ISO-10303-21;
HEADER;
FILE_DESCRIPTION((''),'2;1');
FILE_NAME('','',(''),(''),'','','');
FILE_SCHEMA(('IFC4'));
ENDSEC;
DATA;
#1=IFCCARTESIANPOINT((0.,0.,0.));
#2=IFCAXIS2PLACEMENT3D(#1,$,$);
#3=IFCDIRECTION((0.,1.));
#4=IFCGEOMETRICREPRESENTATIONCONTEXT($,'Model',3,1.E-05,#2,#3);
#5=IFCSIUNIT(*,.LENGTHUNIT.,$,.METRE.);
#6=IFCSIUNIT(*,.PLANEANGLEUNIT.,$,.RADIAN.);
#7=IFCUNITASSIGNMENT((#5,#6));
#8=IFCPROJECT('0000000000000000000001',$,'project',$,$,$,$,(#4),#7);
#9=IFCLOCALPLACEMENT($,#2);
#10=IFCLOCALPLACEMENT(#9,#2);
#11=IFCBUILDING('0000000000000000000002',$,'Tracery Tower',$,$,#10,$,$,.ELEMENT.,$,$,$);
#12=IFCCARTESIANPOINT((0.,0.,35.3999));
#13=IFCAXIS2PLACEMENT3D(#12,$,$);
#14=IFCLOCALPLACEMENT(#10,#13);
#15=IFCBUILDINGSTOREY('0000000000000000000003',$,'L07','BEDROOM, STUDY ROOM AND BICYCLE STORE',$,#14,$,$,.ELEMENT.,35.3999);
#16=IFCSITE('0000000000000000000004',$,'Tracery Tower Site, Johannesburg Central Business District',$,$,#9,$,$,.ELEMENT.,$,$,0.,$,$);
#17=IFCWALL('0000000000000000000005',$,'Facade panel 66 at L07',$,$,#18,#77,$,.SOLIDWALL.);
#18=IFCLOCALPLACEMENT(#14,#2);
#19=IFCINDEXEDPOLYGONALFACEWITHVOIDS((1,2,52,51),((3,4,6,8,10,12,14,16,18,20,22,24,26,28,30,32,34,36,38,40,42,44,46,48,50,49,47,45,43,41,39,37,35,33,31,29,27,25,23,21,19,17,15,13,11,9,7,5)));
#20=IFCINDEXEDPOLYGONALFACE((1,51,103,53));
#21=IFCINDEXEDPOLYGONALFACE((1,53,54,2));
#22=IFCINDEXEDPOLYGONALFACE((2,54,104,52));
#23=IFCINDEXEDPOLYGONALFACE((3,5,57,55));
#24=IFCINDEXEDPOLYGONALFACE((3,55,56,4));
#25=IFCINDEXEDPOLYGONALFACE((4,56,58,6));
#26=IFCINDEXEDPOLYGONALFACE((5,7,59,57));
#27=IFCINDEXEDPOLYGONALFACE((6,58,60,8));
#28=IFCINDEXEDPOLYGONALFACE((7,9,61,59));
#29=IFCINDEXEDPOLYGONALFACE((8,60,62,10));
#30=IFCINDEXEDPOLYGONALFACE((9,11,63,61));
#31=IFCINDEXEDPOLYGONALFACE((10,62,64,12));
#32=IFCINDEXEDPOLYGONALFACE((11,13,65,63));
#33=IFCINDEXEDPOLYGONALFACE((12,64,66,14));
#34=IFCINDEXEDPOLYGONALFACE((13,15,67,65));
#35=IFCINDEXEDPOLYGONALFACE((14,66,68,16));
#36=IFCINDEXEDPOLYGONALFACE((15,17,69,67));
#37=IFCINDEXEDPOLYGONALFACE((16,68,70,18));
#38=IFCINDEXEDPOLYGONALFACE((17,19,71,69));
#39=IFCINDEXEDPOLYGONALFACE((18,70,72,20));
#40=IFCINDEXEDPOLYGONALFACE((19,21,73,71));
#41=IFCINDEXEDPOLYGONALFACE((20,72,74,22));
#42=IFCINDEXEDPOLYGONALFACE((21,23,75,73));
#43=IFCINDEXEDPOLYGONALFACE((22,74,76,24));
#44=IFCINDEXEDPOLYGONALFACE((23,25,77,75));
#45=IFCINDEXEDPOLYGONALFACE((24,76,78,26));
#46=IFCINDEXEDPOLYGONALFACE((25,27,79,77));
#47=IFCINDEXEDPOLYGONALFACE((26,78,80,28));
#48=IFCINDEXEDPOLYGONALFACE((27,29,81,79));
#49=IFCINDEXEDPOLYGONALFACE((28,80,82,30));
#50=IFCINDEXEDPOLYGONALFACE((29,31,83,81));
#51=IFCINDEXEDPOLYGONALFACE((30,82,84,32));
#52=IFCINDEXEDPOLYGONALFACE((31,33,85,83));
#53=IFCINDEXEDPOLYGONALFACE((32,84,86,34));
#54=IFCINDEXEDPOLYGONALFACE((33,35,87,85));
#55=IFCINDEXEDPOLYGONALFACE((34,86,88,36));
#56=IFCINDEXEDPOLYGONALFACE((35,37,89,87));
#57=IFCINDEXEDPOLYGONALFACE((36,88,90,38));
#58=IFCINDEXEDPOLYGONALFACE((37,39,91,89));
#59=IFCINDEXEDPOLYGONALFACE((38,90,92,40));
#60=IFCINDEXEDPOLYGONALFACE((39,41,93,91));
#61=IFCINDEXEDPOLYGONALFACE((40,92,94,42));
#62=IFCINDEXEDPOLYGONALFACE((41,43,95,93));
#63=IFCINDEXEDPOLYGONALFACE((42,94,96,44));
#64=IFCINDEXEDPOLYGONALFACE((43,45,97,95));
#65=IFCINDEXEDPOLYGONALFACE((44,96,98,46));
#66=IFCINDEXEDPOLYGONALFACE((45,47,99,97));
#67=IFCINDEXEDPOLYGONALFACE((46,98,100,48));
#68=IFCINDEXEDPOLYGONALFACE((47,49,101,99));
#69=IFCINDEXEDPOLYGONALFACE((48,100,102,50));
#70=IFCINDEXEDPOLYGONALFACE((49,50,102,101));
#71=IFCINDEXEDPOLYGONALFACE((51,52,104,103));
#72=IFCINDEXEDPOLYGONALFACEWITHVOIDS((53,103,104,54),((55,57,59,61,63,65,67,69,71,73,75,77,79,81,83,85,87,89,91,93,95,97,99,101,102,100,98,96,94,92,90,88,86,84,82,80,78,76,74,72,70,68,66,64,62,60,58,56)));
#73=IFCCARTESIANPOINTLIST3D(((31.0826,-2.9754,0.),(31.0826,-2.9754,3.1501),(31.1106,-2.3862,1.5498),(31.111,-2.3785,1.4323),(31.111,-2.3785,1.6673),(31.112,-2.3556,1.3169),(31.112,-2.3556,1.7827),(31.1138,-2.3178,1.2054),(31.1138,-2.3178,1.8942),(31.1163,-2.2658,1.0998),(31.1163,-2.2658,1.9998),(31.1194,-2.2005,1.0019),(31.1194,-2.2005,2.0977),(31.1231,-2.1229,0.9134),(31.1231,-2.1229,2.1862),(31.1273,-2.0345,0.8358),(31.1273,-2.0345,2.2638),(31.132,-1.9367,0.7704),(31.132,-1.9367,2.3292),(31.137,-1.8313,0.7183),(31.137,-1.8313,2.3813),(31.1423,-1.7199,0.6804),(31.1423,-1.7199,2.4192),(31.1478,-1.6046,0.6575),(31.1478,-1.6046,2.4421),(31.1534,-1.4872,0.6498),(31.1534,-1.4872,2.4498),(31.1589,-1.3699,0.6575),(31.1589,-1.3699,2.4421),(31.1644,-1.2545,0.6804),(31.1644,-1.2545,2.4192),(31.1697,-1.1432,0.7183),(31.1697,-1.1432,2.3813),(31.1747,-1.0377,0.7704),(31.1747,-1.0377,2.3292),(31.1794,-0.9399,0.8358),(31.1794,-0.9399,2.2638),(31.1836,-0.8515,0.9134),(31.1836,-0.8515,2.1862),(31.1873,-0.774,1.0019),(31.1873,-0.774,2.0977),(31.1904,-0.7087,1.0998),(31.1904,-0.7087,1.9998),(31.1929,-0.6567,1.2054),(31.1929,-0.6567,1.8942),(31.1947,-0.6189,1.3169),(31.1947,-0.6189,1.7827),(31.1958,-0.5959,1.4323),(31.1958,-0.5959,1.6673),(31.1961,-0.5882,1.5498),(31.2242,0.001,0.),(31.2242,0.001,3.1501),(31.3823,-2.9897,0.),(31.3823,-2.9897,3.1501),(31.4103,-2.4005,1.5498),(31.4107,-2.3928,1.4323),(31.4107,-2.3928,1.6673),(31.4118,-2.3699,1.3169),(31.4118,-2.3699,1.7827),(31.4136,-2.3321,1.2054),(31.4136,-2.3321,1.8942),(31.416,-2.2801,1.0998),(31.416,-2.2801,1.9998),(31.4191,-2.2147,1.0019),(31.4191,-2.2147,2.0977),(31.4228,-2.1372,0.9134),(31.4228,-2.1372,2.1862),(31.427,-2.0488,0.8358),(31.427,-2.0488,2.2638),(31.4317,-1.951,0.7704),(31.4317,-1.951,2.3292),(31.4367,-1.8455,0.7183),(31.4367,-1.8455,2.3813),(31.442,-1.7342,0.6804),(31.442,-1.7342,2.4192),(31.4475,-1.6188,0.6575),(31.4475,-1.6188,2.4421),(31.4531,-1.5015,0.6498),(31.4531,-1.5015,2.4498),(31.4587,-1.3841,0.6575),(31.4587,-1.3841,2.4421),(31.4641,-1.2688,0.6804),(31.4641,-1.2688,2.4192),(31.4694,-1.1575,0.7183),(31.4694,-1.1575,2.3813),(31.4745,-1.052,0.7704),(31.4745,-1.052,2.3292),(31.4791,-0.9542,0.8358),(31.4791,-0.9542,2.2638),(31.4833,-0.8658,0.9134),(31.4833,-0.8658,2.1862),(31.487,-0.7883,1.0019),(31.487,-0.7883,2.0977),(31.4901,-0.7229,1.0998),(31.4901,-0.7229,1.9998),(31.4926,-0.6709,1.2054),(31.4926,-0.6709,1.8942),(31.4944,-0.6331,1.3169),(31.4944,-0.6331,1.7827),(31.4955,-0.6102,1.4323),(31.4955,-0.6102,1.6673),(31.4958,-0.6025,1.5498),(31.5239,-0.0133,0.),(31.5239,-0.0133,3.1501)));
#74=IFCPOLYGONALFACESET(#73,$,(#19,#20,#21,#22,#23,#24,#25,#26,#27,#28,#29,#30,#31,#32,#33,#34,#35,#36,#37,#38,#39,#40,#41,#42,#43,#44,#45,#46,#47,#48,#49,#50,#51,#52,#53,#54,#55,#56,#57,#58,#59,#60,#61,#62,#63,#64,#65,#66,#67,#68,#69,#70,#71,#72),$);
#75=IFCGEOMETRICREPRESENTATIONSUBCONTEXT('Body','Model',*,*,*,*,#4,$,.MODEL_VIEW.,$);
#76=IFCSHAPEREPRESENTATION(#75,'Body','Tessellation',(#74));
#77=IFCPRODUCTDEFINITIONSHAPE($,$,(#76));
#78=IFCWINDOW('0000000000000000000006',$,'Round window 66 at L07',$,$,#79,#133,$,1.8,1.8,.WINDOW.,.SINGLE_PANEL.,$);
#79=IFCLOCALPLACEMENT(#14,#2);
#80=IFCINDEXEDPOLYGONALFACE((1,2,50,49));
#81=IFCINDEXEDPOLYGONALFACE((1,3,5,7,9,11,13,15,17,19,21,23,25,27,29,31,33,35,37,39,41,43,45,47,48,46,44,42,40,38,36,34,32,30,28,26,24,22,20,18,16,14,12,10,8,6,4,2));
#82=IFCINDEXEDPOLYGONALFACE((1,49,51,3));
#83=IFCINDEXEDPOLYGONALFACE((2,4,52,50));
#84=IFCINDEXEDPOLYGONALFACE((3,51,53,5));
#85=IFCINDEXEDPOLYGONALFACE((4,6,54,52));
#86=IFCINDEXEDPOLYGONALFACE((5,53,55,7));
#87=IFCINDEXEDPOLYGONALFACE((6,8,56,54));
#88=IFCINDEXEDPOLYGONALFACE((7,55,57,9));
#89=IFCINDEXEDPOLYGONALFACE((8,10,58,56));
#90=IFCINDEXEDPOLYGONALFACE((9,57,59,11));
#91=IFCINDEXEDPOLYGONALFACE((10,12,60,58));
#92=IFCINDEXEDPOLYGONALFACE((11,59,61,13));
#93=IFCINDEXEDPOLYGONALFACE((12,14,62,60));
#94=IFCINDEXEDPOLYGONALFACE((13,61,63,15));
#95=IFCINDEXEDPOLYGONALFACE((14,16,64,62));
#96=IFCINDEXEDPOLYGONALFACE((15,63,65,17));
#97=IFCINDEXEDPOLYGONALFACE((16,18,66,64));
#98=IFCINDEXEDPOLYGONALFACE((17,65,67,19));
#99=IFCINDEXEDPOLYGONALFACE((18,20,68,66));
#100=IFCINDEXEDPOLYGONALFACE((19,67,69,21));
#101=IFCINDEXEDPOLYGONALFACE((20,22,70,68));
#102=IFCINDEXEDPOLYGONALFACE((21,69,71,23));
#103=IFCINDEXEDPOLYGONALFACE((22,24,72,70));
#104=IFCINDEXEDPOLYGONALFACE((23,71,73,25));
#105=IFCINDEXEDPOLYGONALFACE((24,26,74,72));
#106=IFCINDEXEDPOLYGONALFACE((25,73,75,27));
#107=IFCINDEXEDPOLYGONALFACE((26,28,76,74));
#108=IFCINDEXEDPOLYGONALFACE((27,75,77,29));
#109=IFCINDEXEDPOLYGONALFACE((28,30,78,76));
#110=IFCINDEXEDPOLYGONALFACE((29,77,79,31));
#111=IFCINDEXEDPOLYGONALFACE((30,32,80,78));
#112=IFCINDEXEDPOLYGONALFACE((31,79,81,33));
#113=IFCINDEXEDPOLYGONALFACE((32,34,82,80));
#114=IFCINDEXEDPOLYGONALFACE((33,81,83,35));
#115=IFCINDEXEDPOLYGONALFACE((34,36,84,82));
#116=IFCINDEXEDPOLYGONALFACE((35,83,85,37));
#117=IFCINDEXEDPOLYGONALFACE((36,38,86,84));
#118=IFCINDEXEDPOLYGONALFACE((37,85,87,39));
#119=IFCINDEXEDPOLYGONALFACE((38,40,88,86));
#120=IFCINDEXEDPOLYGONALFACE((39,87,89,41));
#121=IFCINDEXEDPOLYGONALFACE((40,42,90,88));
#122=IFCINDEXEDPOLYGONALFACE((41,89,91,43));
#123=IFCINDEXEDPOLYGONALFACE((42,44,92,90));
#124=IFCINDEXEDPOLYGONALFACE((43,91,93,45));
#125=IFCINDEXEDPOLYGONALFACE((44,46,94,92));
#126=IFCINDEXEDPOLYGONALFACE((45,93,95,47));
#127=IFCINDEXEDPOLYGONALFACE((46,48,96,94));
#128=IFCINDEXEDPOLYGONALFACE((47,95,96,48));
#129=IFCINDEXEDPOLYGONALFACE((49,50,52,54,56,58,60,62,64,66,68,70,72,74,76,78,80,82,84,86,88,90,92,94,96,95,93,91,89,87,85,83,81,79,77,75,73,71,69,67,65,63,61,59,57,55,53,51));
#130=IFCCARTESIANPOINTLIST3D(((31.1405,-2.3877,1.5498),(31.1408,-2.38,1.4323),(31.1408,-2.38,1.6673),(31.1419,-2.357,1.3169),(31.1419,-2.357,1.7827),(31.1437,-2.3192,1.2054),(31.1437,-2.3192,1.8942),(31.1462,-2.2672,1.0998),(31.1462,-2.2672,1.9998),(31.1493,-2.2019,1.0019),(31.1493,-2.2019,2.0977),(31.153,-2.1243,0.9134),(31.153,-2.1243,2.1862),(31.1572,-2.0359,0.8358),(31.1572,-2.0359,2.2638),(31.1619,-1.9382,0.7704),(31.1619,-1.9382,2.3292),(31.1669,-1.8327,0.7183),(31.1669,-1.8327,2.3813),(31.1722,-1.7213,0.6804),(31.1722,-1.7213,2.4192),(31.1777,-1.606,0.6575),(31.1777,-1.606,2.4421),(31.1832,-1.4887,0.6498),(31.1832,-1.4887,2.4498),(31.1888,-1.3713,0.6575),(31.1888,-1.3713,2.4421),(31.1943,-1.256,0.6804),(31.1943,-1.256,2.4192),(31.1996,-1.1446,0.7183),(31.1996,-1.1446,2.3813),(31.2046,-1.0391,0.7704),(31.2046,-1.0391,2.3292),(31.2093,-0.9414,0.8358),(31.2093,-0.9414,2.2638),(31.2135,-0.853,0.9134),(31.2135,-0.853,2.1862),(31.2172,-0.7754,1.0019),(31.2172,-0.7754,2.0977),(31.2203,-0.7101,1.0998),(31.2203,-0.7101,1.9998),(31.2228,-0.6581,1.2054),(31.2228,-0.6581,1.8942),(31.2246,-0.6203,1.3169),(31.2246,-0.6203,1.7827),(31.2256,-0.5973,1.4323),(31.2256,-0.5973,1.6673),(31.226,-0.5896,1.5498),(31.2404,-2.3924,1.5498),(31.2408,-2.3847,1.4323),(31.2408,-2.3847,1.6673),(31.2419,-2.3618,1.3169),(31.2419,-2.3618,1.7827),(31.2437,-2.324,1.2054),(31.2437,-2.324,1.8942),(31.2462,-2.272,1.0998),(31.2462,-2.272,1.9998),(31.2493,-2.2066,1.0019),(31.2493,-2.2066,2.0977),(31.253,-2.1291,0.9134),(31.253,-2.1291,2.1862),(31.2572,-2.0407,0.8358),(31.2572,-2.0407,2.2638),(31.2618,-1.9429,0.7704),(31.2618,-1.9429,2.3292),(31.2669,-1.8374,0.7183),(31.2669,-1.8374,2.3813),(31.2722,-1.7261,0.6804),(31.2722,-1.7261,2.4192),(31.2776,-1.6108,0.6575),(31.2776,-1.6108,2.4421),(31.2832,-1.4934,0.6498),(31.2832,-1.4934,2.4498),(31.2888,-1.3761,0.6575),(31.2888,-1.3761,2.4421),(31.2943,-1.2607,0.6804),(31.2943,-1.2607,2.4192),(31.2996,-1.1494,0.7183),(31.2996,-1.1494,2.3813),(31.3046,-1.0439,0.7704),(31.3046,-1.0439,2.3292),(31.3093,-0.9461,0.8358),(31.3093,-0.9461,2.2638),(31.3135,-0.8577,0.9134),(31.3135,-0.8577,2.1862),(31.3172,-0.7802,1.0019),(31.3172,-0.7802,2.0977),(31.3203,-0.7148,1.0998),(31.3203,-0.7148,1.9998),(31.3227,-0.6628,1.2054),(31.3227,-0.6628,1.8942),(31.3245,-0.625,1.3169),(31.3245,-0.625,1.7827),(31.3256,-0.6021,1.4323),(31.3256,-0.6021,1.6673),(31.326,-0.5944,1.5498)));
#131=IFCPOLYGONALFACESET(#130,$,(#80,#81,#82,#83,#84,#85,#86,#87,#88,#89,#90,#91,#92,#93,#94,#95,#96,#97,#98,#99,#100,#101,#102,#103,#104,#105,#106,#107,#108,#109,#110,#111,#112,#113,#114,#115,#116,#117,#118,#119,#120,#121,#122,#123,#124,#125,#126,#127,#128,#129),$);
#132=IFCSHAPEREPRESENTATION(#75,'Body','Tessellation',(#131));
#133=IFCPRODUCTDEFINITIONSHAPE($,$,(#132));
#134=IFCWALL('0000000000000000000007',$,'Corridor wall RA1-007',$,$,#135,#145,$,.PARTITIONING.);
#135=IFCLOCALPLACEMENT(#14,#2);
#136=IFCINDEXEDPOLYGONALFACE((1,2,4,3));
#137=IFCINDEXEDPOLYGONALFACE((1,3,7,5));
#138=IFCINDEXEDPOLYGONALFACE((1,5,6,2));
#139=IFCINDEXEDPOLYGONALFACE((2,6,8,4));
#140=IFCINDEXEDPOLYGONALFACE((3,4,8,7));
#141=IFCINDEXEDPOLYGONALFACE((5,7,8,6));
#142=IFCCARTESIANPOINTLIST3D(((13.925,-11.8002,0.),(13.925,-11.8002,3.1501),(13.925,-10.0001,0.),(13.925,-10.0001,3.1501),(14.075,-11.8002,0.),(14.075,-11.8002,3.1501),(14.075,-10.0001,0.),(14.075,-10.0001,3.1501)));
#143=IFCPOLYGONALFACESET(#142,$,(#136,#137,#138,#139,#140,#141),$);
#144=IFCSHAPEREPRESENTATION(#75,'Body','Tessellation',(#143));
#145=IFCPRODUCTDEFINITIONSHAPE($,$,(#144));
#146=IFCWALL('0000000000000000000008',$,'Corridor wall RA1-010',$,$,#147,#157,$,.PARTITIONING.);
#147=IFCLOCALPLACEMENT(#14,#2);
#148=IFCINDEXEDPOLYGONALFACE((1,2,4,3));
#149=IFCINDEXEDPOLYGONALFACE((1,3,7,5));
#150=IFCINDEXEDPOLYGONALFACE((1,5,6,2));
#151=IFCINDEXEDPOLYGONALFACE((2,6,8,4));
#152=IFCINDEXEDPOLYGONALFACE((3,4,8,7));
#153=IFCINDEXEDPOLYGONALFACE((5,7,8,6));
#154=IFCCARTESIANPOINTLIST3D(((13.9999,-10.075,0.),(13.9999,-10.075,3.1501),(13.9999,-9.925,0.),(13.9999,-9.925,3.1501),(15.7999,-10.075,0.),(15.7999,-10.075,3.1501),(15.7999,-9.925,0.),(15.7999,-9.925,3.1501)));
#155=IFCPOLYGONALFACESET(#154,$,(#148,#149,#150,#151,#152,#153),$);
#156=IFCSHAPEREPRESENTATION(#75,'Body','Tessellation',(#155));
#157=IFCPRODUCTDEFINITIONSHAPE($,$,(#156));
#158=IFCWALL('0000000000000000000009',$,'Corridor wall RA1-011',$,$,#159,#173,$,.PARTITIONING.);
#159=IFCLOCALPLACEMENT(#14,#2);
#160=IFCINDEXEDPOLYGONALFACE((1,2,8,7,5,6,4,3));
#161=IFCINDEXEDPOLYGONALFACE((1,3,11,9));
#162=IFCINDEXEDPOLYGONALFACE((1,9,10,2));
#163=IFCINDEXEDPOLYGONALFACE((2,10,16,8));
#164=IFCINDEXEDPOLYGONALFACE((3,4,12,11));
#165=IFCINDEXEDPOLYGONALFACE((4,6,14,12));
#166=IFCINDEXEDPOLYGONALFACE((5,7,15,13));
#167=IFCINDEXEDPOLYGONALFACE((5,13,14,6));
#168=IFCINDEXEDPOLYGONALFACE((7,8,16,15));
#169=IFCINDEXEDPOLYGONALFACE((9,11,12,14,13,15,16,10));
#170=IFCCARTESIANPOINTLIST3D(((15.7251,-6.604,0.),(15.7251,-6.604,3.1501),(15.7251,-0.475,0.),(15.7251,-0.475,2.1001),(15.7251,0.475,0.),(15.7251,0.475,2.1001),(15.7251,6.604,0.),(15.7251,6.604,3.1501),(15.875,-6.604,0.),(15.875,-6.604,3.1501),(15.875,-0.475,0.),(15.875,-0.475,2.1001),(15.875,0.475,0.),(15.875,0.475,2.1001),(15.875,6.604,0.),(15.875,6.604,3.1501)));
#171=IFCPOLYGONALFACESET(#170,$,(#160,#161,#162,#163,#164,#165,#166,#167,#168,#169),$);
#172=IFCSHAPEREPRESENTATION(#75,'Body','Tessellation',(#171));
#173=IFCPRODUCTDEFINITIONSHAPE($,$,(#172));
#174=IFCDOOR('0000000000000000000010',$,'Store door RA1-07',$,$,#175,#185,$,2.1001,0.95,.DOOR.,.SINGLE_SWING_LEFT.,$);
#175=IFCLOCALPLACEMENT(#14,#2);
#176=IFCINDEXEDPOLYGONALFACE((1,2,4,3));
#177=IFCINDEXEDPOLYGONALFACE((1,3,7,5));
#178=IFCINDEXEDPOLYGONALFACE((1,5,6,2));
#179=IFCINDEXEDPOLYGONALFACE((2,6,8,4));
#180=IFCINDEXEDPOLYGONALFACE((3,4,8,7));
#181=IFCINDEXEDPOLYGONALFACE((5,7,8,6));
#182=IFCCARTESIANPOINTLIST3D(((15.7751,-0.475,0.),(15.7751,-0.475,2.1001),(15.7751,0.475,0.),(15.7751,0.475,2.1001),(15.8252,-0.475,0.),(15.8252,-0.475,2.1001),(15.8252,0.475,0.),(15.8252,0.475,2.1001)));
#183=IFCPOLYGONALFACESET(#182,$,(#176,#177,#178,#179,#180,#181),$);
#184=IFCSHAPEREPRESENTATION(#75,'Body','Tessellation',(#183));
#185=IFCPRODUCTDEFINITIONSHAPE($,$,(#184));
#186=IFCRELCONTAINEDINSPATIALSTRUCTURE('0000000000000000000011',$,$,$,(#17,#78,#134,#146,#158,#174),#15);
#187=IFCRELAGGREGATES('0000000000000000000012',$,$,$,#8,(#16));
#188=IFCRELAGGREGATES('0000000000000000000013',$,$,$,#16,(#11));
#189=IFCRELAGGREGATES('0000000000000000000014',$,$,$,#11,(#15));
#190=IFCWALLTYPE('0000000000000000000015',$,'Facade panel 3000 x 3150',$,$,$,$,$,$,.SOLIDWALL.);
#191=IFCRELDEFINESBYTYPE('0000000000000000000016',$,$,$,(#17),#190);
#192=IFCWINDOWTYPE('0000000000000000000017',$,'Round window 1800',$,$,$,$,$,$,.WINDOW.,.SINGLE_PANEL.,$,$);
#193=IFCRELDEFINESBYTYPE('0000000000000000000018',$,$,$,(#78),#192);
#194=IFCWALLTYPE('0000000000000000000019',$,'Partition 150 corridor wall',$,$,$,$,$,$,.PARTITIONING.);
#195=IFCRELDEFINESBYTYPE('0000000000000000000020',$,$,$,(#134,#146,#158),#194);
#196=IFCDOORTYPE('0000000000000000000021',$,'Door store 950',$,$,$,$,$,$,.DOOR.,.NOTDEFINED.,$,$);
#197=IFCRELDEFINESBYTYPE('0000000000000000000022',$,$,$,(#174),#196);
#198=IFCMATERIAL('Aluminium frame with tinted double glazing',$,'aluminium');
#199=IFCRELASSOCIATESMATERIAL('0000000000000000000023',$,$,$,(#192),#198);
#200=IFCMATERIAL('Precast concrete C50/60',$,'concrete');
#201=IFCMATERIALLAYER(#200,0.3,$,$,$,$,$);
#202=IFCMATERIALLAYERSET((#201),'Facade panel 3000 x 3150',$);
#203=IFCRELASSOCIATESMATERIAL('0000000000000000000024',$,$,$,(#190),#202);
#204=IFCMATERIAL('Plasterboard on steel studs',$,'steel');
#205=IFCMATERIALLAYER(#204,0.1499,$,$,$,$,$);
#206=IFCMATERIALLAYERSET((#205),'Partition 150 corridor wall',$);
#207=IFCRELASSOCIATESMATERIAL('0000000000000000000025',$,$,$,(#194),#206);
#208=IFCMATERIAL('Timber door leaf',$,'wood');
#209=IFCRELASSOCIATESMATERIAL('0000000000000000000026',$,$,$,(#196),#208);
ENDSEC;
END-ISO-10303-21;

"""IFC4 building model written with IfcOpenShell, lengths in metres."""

from ifc_helpers import new_model, si_unit, direction, frame, frame_2d, origin, origin_2d, place, context, subcontext, project, spatial, rectangle, circle, extrude, material, layer, layer_set, type_object, element, fill, save


model = new_model("IFC4")

# Units and contexts
model_context = context("Model", 3, precision=1e-05, world=origin(), true_north=direction((0.0, 1.0)))
body_context = subcontext(model_context, "Body", "Model", "MODEL_VIEW")
ifc_project = project(units=[si_unit("LENGTHUNIT", "METRE"), si_unit("PLANEANGLEUNIT", "RADIAN")], contexts=[model_context])

# Site, building, storey
site_placement = place(None, origin())
site = spatial("IfcSite", under=ifc_project, at=site_placement, Name="Tracery Tower Site, Johannesburg Central Business District", CompositionType="ELEMENT", RefElevation=0.0)
building_placement = place(site_placement, origin())
building = spatial("IfcBuilding", under=site, at=building_placement, Name="Tracery Tower", CompositionType="ELEMENT")
storey_placement = place(building_placement, frame((0.0, 0.0, 35.3999)))
storey = spatial("IfcBuildingStorey", under=building, at=storey_placement, Name="L07", Description="BEDROOM, STUDY ROOM AND BICYCLE STORE", CompositionType="ELEMENT", Elevation=35.3999)

# Wall, opening, window
ifc_material_1 = material(Name="Aluminium frame with tinted double glazing", Category="aluminium")
window_type = type_object("IfcWindowType", Name="Round window 1800", PartitioningType="SINGLE_PANEL", PredefinedType="WINDOW", material=ifc_material_1)
ifc_material_2 = material(Name="Precast concrete C50/60", Category="concrete")
ifc_layer_1 = layer(ifc_material_2, 0.3)
ifc_layer_set_1 = layer_set([ifc_layer_1], Name="Facade panel 3000 x 3150")
wall_type_1 = type_object("IfcWallType", Name="Facade panel 3000 x 3150", PredefinedType="SOLIDWALL", material=ifc_layer_set_1)
wall_1_placement = place(storey_placement, frame((31.2324, -2.9824, 0.0), z_axis=(0.0, 0.0, 1.0), x_axis=(0.047522, 0.99887, 0.0)))
wall_1 = element("IfcWall", 1, at=wall_1_placement, inside=storey, type_object=wall_type_1, Name="Facade panel 66 at L07", PredefinedType="SOLIDWALL", context=body_context, shape_type="SweptSolid", body=[
    extrude(rectangle(XDim=2.9797, YDim=0.3, at=frame_2d((1.4897, 0.0))), origin(), (0.0, 0.0, 1.0), 3.1501),
])
opening_1_placement = place(wall_1_placement, frame((1.4897, 0.0, 1.5498)))
opening_1 = element("IfcOpeningElement", 2, at=opening_1_placement, cuts=wall_1, PredefinedType="OPENING", context=body_context, shape_type="SweptSolid", body=[
    extrude(circle(Radius=0.9, at=origin_2d()), frame((0.0, 0.1599, 0.0), z_axis=(0.0, -1.0, 0.0), x_axis=(1.0, 0.0, 0.0)), (0.0, 0.0, 1.0), 0.3201),
])
window_1_placement = place(opening_1_placement, origin())
window_1 = element("IfcWindow", 3, at=window_1_placement, inside=storey, type_object=window_type, Name="Round window 66 at L07", OverallHeight=1.8, OverallWidth=1.8, PartitioningType="SINGLE_PANEL", PredefinedType="WINDOW", context=body_context, shape_type="SweptSolid", body=[
    extrude(circle(Radius=0.9, at=origin_2d()), frame((0.0, 0.1201, 0.0), z_axis=(0.0, -1.0, 0.0), x_axis=(1.0, 0.0, 0.0)), (0.0, 0.0, 1.0), 0.1001),
])
fill(opening_1, window_1)

# Walls
ifc_material_3 = material(Name="Plasterboard on steel studs", Category="steel")
ifc_layer_2 = layer(ifc_material_3, 0.1499)
ifc_layer_set_2 = layer_set([ifc_layer_2], Name="Partition 150 corridor wall")
wall_type_2 = type_object("IfcWallType", Name="Partition 150 corridor wall", PredefinedType="PARTITIONING", material=ifc_layer_set_2)
for number, where, z_axis, x_axis, name in (
    (4, (14.0, -11.8, 0.0), (0.0, 0.0, 1.0), (0.0, 1.0, 0.0), "Corridor wall RA1-007"),
    (5, (14.0, -10.0, 0.0), (0.0, 0.0, 1.0), (1.0, 0.0, 0.0), "Corridor wall RA1-010"),
):
    element("IfcWall", number, at=place(storey_placement, frame(where, z_axis=z_axis, x_axis=x_axis)), inside=storey, type_object=wall_type_2, Name=name, PredefinedType="PARTITIONING", context=body_context, shape_type="SweptSolid", body=[
        extrude(rectangle(XDim=1.8, YDim=0.1499, at=frame_2d((0.8999, 0.0))), origin(), (0.0, 0.0, 1.0), 3.1501),
    ])

# Wall, opening, door
wall_2_placement = place(storey_placement, frame((15.8, -6.604, 0.0), z_axis=(0.0, 0.0, 1.0), x_axis=(0.0, 1.0, 0.0)))
wall_2 = element("IfcWall", 6, at=wall_2_placement, inside=storey, type_object=wall_type_2, Name="Corridor wall RA1-011", PredefinedType="PARTITIONING", context=body_context, shape_type="SweptSolid", body=[
    extrude(rectangle(XDim=13.208, YDim=0.1499, at=frame_2d((6.604, 0.0))), origin(), (0.0, 0.0, 1.0), 3.1501),
])
opening_2_placement = place(wall_2_placement, frame((6.1289, 0.0, 0.0)))
opening_2 = element("IfcOpeningElement", 7, at=opening_2_placement, cuts=wall_2, PredefinedType="OPENING", context=body_context, shape_type="SweptSolid", body=[
    extrude(rectangle(XDim=0.95, YDim=2.1001, at=frame_2d((0.4751, 1.05))), frame((0.0, 0.075, 0.0), z_axis=(0.0, -1.0, 0.0), x_axis=(1.0, 0.0, 0.0)), (0.0, 0.0, 1.0), 0.1499),
])
ifc_material_4 = material(Name="Timber door leaf", Category="wood")
door_type_1 = type_object("IfcDoorType", Name="Door store 950", OperationType="NOTDEFINED", PredefinedType="DOOR", material=ifc_material_4)
door_1_placement = place(opening_2_placement, origin())
door_1 = element("IfcDoor", 8, at=door_1_placement, inside=storey, type_object=door_type_1, Name="Store door RA1-07", OperationType="SINGLE_SWING_LEFT", OverallHeight=2.1001, OverallWidth=0.95, PredefinedType="DOOR", context=body_context, shape_type="SweptSolid", body=[
    extrude(rectangle(XDim=0.95, YDim=2.1001, at=frame_2d((0.4751, 1.05))), frame((0.0, 0.0249, 0.0), z_axis=(0.0, -1.0, 0.0), x_axis=(1.0, 0.0, 0.0)), (0.0, 0.0, 1.0), 0.05),
])
fill(opening_2, door_1)

save(model, "model.ifc")
